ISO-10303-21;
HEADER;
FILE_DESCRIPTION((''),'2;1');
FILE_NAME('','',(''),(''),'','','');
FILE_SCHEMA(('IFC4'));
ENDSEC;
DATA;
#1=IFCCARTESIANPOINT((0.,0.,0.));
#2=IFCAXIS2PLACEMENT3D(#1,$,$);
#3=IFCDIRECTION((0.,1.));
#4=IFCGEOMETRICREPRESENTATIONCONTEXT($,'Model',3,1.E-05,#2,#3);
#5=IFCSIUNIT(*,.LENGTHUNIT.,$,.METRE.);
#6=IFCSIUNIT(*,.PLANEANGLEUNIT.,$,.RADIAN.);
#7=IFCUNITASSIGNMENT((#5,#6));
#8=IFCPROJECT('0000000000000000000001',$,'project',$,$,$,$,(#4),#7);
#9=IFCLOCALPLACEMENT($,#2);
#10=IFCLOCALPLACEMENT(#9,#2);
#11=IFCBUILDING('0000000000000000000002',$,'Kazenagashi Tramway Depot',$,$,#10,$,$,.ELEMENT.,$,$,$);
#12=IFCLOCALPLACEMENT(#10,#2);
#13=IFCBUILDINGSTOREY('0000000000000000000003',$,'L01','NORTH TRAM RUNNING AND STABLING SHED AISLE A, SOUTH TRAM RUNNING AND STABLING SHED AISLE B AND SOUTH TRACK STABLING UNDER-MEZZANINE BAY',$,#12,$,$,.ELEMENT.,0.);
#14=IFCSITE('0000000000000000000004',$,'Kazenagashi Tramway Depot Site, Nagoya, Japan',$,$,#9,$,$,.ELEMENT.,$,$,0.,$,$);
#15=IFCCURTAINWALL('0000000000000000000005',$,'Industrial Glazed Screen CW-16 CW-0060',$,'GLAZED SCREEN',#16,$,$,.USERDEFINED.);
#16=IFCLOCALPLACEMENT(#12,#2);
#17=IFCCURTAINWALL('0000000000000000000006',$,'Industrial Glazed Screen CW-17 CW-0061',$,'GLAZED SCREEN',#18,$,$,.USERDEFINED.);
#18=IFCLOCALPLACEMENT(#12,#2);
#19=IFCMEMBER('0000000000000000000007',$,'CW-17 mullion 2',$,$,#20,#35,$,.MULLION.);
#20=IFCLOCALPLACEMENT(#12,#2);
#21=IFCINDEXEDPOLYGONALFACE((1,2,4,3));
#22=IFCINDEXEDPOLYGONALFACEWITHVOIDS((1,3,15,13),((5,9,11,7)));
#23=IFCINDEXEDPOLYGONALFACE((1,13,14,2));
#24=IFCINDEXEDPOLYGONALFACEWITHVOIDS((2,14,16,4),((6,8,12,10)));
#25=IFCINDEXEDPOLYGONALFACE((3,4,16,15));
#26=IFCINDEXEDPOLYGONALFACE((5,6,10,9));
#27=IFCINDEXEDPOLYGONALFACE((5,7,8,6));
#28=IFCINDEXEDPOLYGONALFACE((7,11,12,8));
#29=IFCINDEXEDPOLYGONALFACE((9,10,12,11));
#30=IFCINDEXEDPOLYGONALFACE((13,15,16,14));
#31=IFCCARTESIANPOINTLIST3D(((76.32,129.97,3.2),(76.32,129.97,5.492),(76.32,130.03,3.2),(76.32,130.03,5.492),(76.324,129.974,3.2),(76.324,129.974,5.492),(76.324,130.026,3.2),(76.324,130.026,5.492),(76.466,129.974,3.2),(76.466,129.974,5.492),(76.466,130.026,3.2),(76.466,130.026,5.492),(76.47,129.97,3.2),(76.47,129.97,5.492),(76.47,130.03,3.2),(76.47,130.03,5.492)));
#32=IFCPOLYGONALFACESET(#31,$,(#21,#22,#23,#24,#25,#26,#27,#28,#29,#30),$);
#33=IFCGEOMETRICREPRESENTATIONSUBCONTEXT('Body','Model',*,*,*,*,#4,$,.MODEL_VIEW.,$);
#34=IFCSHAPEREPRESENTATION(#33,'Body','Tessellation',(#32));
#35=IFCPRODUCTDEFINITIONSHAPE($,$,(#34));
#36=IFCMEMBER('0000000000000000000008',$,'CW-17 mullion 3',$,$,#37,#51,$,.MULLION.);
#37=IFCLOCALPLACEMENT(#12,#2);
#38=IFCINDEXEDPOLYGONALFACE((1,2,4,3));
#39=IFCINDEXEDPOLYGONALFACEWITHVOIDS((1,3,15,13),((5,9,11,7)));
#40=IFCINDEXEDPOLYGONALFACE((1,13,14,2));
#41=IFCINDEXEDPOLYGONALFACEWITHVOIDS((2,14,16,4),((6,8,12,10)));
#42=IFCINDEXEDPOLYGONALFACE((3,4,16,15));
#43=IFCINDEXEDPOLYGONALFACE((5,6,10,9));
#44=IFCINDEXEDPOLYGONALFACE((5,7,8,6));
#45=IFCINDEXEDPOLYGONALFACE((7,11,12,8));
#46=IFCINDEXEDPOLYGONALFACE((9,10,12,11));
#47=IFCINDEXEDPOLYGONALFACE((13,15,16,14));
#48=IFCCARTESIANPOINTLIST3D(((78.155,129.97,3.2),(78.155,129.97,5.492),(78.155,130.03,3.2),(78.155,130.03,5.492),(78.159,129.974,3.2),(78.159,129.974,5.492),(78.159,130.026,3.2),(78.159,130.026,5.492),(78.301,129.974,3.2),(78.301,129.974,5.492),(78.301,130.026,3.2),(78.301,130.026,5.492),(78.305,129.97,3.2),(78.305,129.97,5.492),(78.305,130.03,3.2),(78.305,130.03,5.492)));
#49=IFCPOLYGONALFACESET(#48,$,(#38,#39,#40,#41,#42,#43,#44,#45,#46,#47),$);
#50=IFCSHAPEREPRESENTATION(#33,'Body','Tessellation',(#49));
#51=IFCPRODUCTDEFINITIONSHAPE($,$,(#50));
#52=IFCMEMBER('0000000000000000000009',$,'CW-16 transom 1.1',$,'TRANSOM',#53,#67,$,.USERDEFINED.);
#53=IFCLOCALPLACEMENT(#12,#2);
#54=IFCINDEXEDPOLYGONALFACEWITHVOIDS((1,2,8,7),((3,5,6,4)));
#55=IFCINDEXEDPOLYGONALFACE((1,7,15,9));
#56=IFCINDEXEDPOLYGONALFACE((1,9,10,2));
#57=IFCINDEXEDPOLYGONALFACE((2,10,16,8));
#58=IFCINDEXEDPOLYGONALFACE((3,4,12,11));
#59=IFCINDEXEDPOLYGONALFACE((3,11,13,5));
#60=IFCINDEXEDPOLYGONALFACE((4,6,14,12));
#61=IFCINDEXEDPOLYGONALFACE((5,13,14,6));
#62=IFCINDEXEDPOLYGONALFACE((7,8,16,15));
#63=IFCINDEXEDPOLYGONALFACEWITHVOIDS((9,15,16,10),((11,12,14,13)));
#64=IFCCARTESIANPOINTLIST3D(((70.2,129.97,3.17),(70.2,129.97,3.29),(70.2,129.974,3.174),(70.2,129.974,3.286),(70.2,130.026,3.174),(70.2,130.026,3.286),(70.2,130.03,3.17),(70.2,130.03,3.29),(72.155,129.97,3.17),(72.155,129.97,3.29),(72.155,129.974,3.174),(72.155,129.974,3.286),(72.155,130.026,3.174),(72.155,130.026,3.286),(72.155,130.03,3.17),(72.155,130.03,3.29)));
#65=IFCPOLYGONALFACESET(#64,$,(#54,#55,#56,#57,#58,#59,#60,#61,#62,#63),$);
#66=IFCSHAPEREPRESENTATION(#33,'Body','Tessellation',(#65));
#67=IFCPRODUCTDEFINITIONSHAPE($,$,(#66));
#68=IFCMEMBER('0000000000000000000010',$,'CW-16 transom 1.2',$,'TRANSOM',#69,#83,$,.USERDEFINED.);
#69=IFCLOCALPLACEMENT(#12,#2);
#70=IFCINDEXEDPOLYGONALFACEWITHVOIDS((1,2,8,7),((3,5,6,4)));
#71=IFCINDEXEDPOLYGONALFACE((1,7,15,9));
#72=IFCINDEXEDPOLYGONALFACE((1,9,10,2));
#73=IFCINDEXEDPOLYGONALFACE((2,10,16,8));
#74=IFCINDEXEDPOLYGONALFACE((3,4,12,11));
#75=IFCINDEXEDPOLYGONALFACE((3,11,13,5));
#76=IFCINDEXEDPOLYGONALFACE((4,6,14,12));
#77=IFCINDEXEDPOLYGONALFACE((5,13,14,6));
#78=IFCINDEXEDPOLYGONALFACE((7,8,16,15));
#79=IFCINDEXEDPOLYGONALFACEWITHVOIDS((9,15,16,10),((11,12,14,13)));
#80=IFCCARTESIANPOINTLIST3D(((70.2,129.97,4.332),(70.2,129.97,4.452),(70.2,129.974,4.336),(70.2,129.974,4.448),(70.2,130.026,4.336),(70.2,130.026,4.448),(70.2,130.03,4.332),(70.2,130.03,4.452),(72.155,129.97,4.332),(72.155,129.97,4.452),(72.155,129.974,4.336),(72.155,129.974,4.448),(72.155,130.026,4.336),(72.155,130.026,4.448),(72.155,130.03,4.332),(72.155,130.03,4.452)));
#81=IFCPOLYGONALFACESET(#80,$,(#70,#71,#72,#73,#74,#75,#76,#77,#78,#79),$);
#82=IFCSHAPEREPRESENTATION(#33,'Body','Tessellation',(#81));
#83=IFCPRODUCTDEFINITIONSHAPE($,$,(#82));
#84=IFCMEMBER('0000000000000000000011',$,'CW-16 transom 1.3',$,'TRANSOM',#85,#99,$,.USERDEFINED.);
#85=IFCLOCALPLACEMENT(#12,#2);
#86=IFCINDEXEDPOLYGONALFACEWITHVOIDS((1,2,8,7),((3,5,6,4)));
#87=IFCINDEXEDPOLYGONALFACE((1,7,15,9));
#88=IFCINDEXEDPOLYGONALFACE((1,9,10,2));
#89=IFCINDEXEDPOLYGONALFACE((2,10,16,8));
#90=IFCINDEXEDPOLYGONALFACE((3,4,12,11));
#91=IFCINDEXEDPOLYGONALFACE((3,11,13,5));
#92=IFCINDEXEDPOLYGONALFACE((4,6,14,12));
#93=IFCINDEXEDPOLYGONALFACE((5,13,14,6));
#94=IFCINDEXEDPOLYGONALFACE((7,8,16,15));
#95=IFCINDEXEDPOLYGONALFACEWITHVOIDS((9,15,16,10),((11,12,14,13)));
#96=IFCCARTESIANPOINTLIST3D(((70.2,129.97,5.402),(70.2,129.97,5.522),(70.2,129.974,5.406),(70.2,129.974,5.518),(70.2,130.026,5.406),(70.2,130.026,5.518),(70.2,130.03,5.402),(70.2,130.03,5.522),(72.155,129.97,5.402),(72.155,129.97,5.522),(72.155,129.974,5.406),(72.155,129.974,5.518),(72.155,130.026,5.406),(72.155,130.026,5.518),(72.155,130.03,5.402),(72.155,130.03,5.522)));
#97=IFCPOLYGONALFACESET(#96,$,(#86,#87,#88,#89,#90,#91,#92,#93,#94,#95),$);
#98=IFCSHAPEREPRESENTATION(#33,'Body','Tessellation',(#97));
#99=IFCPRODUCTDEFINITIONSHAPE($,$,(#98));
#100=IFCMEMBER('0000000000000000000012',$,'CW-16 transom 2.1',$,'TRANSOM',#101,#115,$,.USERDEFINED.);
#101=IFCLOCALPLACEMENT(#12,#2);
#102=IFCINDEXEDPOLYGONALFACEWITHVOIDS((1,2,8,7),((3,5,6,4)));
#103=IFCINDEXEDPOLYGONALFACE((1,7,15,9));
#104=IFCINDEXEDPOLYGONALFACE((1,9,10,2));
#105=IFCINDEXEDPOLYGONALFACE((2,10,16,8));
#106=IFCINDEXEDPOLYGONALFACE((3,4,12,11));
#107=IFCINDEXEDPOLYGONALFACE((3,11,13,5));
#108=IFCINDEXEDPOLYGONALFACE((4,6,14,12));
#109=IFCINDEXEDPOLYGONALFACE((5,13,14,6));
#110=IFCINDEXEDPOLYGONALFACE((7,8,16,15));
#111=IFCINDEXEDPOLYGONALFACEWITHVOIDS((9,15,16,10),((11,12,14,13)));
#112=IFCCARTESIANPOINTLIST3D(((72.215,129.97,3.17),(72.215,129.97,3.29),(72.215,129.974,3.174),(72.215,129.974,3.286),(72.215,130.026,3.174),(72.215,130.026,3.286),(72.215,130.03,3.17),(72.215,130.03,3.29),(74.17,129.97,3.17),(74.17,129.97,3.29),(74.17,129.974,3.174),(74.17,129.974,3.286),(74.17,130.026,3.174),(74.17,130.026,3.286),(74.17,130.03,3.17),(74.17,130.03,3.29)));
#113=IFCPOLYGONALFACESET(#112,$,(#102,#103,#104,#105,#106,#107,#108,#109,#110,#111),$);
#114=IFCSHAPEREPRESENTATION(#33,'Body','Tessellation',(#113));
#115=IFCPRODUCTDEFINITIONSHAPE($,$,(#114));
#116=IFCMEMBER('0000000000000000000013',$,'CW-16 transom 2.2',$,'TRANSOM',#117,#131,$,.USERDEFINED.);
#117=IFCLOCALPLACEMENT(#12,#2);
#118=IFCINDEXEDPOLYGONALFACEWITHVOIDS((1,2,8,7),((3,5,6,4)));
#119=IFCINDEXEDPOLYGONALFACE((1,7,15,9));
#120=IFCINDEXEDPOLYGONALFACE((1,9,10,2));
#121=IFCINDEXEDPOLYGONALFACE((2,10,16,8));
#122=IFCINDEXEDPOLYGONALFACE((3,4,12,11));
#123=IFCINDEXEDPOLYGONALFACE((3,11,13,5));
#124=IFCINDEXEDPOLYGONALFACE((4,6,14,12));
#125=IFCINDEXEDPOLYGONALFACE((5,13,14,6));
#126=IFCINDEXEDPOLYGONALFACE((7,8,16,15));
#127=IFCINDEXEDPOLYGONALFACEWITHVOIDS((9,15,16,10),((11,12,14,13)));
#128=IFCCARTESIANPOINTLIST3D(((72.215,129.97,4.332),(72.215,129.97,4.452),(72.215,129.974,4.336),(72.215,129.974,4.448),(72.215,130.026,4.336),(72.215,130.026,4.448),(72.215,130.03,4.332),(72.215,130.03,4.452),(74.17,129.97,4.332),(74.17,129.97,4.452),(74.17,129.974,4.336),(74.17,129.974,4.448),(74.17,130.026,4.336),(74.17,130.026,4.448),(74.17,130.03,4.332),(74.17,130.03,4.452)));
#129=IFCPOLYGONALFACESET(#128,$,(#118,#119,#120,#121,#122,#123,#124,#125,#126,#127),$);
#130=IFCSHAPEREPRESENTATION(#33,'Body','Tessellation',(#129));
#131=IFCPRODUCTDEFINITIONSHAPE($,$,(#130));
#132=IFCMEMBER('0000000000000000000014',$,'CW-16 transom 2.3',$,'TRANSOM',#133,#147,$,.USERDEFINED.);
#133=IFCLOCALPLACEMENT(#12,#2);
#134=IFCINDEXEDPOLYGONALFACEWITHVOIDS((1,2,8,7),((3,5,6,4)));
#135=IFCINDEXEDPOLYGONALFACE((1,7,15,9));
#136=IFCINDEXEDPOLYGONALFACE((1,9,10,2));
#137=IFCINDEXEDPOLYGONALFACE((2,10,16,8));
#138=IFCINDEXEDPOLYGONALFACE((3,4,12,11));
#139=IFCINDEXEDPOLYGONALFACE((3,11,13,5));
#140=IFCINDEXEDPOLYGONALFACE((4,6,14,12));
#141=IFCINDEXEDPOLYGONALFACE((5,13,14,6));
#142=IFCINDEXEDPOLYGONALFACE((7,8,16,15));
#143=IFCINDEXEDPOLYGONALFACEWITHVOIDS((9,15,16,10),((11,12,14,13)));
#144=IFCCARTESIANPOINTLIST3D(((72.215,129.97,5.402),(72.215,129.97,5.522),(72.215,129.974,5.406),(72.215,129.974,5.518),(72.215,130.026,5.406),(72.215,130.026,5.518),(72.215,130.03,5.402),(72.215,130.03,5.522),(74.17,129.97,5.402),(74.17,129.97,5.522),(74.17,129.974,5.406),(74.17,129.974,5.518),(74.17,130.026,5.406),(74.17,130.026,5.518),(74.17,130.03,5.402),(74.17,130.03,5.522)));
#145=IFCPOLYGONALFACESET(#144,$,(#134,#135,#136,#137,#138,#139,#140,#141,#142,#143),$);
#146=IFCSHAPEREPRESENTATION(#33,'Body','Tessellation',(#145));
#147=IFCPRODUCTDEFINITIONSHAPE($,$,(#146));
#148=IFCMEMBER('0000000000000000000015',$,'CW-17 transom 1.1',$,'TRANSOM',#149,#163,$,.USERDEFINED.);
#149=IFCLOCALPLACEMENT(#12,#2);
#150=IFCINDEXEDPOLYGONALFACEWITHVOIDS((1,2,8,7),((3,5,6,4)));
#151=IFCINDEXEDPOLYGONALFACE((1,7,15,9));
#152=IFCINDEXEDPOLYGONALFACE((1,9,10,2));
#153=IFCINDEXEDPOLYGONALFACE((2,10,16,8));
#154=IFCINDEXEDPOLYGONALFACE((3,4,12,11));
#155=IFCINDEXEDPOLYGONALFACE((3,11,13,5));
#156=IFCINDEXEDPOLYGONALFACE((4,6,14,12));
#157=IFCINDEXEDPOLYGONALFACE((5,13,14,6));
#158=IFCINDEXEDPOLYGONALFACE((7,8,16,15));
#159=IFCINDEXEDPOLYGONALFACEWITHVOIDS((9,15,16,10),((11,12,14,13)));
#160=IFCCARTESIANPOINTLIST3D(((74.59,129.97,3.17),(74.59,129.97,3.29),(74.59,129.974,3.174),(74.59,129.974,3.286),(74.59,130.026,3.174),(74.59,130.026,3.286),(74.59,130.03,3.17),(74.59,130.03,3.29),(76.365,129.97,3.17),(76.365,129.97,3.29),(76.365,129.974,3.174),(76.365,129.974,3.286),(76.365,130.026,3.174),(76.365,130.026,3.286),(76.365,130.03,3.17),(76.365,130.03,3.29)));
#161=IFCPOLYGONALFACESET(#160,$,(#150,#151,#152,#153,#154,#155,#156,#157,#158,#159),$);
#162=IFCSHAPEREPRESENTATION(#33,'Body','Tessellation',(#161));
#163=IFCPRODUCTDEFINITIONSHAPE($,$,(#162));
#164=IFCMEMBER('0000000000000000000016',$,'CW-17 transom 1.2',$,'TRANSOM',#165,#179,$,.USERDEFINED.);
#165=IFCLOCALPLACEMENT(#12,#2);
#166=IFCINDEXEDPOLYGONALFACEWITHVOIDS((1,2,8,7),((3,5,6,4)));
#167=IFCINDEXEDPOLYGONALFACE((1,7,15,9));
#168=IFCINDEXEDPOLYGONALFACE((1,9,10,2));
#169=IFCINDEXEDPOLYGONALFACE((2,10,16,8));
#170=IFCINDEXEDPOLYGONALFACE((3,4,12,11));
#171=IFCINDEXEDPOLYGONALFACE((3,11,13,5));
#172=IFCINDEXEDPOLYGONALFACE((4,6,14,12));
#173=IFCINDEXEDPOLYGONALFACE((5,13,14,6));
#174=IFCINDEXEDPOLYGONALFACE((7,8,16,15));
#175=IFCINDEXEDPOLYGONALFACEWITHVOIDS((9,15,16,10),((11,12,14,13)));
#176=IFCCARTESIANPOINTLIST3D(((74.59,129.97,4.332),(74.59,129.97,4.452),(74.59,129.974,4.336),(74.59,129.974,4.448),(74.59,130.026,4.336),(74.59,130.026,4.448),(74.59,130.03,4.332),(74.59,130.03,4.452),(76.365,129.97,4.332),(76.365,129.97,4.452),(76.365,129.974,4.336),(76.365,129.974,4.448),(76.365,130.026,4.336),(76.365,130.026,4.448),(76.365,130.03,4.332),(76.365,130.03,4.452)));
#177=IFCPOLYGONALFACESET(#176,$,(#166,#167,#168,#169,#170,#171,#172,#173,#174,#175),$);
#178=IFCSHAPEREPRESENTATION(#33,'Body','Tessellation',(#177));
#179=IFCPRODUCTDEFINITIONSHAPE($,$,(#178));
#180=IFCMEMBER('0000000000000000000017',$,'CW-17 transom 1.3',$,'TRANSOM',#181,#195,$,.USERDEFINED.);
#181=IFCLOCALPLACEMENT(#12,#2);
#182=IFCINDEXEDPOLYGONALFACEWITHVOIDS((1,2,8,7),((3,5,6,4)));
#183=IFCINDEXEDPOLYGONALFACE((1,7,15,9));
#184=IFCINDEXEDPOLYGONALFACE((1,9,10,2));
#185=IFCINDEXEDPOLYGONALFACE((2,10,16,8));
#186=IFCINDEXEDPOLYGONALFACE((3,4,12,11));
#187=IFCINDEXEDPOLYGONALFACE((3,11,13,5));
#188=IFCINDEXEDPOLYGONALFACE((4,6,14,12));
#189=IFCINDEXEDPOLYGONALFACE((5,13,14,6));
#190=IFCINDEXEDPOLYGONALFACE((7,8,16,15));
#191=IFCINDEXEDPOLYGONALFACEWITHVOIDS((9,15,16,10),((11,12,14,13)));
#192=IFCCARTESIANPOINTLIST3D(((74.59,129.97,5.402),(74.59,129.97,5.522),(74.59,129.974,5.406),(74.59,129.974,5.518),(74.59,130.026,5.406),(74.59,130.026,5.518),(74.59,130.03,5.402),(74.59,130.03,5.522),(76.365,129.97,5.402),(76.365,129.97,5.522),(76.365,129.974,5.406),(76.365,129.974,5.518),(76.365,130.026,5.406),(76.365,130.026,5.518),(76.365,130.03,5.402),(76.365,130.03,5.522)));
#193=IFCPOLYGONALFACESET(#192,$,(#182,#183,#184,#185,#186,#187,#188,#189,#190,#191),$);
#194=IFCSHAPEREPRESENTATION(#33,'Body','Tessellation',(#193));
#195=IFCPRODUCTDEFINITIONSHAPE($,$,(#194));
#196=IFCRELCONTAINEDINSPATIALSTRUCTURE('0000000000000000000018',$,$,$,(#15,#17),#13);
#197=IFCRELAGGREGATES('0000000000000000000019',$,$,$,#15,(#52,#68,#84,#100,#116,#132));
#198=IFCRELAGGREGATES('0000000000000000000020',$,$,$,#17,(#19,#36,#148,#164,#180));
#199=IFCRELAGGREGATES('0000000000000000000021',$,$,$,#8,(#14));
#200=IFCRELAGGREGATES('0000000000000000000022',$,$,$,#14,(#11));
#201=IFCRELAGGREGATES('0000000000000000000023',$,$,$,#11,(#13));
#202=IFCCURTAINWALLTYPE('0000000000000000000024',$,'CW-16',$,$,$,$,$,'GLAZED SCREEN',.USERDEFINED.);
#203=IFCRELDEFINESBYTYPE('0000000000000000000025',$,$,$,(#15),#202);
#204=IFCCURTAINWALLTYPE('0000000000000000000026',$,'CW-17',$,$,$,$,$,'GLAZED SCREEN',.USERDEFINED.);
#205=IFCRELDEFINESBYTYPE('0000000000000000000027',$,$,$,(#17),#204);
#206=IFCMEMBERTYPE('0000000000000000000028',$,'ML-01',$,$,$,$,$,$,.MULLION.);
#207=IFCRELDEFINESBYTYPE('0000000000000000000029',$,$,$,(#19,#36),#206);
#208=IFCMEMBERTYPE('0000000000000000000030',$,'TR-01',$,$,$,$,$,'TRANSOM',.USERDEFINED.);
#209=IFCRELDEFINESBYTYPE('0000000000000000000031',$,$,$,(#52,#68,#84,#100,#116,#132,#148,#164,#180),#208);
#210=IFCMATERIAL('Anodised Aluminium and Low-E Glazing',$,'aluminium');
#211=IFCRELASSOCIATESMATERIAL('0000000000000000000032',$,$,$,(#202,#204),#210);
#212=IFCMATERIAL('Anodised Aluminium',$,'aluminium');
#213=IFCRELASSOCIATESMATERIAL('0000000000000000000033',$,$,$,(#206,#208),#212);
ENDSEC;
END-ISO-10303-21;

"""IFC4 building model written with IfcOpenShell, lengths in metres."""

from ifc_helpers import new_model, si_unit, direction, frame, origin, origin_2d, place, context, subcontext, project, spatial, hollow_rectangle, extrude, material, material_profile, profile_set, type_object, element, aggregate, save


model = new_model("IFC4")

# Units and contexts
model_context = context("Model", 3, precision=1e-05, world=origin(), true_north=direction((0.0, 1.0)))
body_context = subcontext(model_context, "Body", "Model", "MODEL_VIEW")
ifc_project = project(units=[si_unit("LENGTHUNIT", "METRE"), si_unit("PLANEANGLEUNIT", "RADIAN")], contexts=[model_context])

# Site, building, storey
site_placement = place(None, origin())
site = spatial("IfcSite", under=ifc_project, at=site_placement, Name="Kazenagashi Tramway Depot Site, Nagoya, Japan", CompositionType="ELEMENT", RefElevation=0.0)
building_placement = place(site_placement, origin())
building = spatial("IfcBuilding", under=site, at=building_placement, Name="Kazenagashi Tramway Depot", CompositionType="ELEMENT")
storey_placement = place(building_placement, origin())
storey = spatial("IfcBuildingStorey", under=building, at=storey_placement, Name="L01", Description="NORTH TRAM RUNNING AND STABLING SHED AISLE A, SOUTH TRAM RUNNING AND STABLING SHED AISLE B AND SOUTH TRACK STABLING UNDER-MEZZANINE BAY", CompositionType="ELEMENT", Elevation=0.0)

# Curtain walls, members
ifc_material_1 = material(Name="Anodised Aluminium and Low-E Glazing", Category="aluminium")
curtain_wall_type_1 = type_object("IfcCurtainWallType", Name="CW-16", ElementType="GLAZED SCREEN", PredefinedType="USERDEFINED", material=ifc_material_1)
curtain_wall_1_placement = place(storey_placement, origin())
curtain_wall_1 = element("IfcCurtainWall", 1, at=curtain_wall_1_placement, inside=storey, type_object=curtain_wall_type_1, Name="Industrial Glazed Screen CW-16 CW-0060", ObjectType="GLAZED SCREEN", PredefinedType="USERDEFINED")
ifc_material_2 = material(Name="Anodised Aluminium", Category="aluminium")
ifc_material_profile_1 = material_profile(ifc_material_2, hollow_rectangle(XDim=0.06, YDim=0.15, WallThickness=0.004, at=origin_2d()), Name="RHS-150x60x4")
ifc_profile_set_1 = profile_set([ifc_material_profile_1], Name="Anodised Aluminium")
member_type_1 = type_object("IfcMemberType", Name="ML-01", PredefinedType="MULLION", material=ifc_profile_set_1)
curtain_wall_type_2 = type_object("IfcCurtainWallType", Name="CW-17", ElementType="GLAZED SCREEN", PredefinedType="USERDEFINED", material=ifc_material_1)
curtain_wall_2_placement = place(storey_placement, origin())
curtain_wall_2 = element("IfcCurtainWall", 2, at=curtain_wall_2_placement, inside=storey, type_object=curtain_wall_type_2, Name="Industrial Glazed Screen CW-17 CW-0061", ObjectType="GLAZED SCREEN", PredefinedType="USERDEFINED")
member_1_placement = place(storey_placement, frame((76.395, 130.0, 3.2), z_axis=(0.0, 0.0, 1.0), x_axis=(0.0, 1.0, 0.0)))
member_1 = element("IfcMember", 3, at=member_1_placement, type_object=member_type_1, Name="CW-17 mullion 2", PredefinedType="MULLION", context=body_context, shape_type="SweptSolid", body=[
    extrude(hollow_rectangle(XDim=0.06, YDim=0.15, WallThickness=0.004, at=origin_2d()), origin(), (0.0, 0.0, 1.0), 2.292),
])
member_2_placement = place(storey_placement, frame((78.23, 130.0, 3.2), z_axis=(0.0, 0.0, 1.0), x_axis=(0.0, 1.0, 0.0)))
member_2 = element("IfcMember", 4, at=member_2_placement, type_object=member_type_1, Name="CW-17 mullion 3", PredefinedType="MULLION", context=body_context, shape_type="SweptSolid", body=[
    extrude(hollow_rectangle(XDim=0.06, YDim=0.15, WallThickness=0.004, at=origin_2d()), origin(), (0.0, 0.0, 1.0), 2.292),
])

# Members
ifc_material_profile_2 = material_profile(ifc_material_2, hollow_rectangle(XDim=0.06, YDim=0.12, WallThickness=0.004, at=origin_2d()), Name="RHS-120x60x4")
ifc_profile_set_2 = profile_set([ifc_material_profile_2], Name="Anodised Aluminium")
member_type_2 = type_object("IfcMemberType", Name="TR-01", ElementType="TRANSOM", PredefinedType="USERDEFINED", material=ifc_profile_set_2)
member_3_placement = place(storey_placement, frame((70.2, 130.0, 3.23), z_axis=(1.0, 0.0, 0.0), x_axis=(0.0, 1.0, 0.0)))
member_3 = element("IfcMember", 5, at=member_3_placement, type_object=member_type_2, Name="CW-16 transom 1.1", ObjectType="TRANSOM", PredefinedType="USERDEFINED", context=body_context, shape_type="SweptSolid", body=[
    extrude(hollow_rectangle(XDim=0.06, YDim=0.12, WallThickness=0.004, at=origin_2d()), origin(), (0.0, 0.0, 1.0), 1.955),
])
member_4_placement = place(storey_placement, frame((70.2, 130.0, 4.392), z_axis=(1.0, 0.0, 0.0), x_axis=(0.0, 1.0, 0.0)))
member_4 = element("IfcMember", 6, at=member_4_placement, type_object=member_type_2, Name="CW-16 transom 1.2", ObjectType="TRANSOM", PredefinedType="USERDEFINED", context=body_context, shape_type="SweptSolid", body=[
    extrude(hollow_rectangle(XDim=0.06, YDim=0.12, WallThickness=0.004, at=origin_2d()), origin(), (0.0, 0.0, 1.0), 1.955),
])
member_5_placement = place(storey_placement, frame((70.2, 130.0, 5.462), z_axis=(1.0, 0.0, 0.0), x_axis=(0.0, 1.0, 0.0)))
member_5 = element("IfcMember", 7, at=member_5_placement, type_object=member_type_2, Name="CW-16 transom 1.3", ObjectType="TRANSOM", PredefinedType="USERDEFINED", context=body_context, shape_type="SweptSolid", body=[
    extrude(hollow_rectangle(XDim=0.06, YDim=0.12, WallThickness=0.004, at=origin_2d()), origin(), (0.0, 0.0, 1.0), 1.955),
])
member_6_placement = place(storey_placement, frame((72.215, 130.0, 3.23), z_axis=(1.0, 0.0, 0.0), x_axis=(0.0, 1.0, 0.0)))
member_6 = element("IfcMember", 8, at=member_6_placement, type_object=member_type_2, Name="CW-16 transom 2.1", ObjectType="TRANSOM", PredefinedType="USERDEFINED", context=body_context, shape_type="SweptSolid", body=[
    extrude(hollow_rectangle(XDim=0.06, YDim=0.12, WallThickness=0.004, at=origin_2d()), origin(), (0.0, 0.0, 1.0), 1.955),
])
member_7_placement = place(storey_placement, frame((72.215, 130.0, 4.392), z_axis=(1.0, 0.0, 0.0), x_axis=(0.0, 1.0, 0.0)))
member_7 = element("IfcMember", 9, at=member_7_placement, type_object=member_type_2, Name="CW-16 transom 2.2", ObjectType="TRANSOM", PredefinedType="USERDEFINED", context=body_context, shape_type="SweptSolid", body=[
    extrude(hollow_rectangle(XDim=0.06, YDim=0.12, WallThickness=0.004, at=origin_2d()), origin(), (0.0, 0.0, 1.0), 1.955),
])
member_8_placement = place(storey_placement, frame((72.215, 130.0, 5.462), z_axis=(1.0, 0.0, 0.0), x_axis=(0.0, 1.0, 0.0)))
member_8 = element("IfcMember", 10, at=member_8_placement, type_object=member_type_2, Name="CW-16 transom 2.3", ObjectType="TRANSOM", PredefinedType="USERDEFINED", context=body_context, shape_type="SweptSolid", body=[
    extrude(hollow_rectangle(XDim=0.06, YDim=0.12, WallThickness=0.004, at=origin_2d()), origin(), (0.0, 0.0, 1.0), 1.955),
])
member_9_placement = place(storey_placement, frame((74.59, 130.0, 3.23), z_axis=(1.0, 0.0, 0.0), x_axis=(0.0, 1.0, 0.0)))
member_9 = element("IfcMember", 11, at=member_9_placement, type_object=member_type_2, Name="CW-17 transom 1.1", ObjectType="TRANSOM", PredefinedType="USERDEFINED", context=body_context, shape_type="SweptSolid", body=[
    extrude(hollow_rectangle(XDim=0.06, YDim=0.12, WallThickness=0.004, at=origin_2d()), origin(), (0.0, 0.0, 1.0), 1.775),
])
member_10_placement = place(storey_placement, frame((74.59, 130.0, 4.392), z_axis=(1.0, 0.0, 0.0), x_axis=(0.0, 1.0, 0.0)))
member_10 = element("IfcMember", 12, at=member_10_placement, type_object=member_type_2, Name="CW-17 transom 1.2", ObjectType="TRANSOM", PredefinedType="USERDEFINED", context=body_context, shape_type="SweptSolid", body=[
    extrude(hollow_rectangle(XDim=0.06, YDim=0.12, WallThickness=0.004, at=origin_2d()), origin(), (0.0, 0.0, 1.0), 1.775),
])
member_11_placement = place(storey_placement, frame((74.59, 130.0, 5.462), z_axis=(1.0, 0.0, 0.0), x_axis=(0.0, 1.0, 0.0)))
member_11 = element("IfcMember", 13, at=member_11_placement, type_object=member_type_2, Name="CW-17 transom 1.3", ObjectType="TRANSOM", PredefinedType="USERDEFINED", context=body_context, shape_type="SweptSolid", body=[
    extrude(hollow_rectangle(XDim=0.06, YDim=0.12, WallThickness=0.004, at=origin_2d()), origin(), (0.0, 0.0, 1.0), 1.775),
])

aggregate(curtain_wall_1, [member_3, member_4, member_5, member_6, member_7, member_8])
aggregate(curtain_wall_2, [member_1, member_2, member_9, member_10, member_11])

save(model, "model.ifc")
